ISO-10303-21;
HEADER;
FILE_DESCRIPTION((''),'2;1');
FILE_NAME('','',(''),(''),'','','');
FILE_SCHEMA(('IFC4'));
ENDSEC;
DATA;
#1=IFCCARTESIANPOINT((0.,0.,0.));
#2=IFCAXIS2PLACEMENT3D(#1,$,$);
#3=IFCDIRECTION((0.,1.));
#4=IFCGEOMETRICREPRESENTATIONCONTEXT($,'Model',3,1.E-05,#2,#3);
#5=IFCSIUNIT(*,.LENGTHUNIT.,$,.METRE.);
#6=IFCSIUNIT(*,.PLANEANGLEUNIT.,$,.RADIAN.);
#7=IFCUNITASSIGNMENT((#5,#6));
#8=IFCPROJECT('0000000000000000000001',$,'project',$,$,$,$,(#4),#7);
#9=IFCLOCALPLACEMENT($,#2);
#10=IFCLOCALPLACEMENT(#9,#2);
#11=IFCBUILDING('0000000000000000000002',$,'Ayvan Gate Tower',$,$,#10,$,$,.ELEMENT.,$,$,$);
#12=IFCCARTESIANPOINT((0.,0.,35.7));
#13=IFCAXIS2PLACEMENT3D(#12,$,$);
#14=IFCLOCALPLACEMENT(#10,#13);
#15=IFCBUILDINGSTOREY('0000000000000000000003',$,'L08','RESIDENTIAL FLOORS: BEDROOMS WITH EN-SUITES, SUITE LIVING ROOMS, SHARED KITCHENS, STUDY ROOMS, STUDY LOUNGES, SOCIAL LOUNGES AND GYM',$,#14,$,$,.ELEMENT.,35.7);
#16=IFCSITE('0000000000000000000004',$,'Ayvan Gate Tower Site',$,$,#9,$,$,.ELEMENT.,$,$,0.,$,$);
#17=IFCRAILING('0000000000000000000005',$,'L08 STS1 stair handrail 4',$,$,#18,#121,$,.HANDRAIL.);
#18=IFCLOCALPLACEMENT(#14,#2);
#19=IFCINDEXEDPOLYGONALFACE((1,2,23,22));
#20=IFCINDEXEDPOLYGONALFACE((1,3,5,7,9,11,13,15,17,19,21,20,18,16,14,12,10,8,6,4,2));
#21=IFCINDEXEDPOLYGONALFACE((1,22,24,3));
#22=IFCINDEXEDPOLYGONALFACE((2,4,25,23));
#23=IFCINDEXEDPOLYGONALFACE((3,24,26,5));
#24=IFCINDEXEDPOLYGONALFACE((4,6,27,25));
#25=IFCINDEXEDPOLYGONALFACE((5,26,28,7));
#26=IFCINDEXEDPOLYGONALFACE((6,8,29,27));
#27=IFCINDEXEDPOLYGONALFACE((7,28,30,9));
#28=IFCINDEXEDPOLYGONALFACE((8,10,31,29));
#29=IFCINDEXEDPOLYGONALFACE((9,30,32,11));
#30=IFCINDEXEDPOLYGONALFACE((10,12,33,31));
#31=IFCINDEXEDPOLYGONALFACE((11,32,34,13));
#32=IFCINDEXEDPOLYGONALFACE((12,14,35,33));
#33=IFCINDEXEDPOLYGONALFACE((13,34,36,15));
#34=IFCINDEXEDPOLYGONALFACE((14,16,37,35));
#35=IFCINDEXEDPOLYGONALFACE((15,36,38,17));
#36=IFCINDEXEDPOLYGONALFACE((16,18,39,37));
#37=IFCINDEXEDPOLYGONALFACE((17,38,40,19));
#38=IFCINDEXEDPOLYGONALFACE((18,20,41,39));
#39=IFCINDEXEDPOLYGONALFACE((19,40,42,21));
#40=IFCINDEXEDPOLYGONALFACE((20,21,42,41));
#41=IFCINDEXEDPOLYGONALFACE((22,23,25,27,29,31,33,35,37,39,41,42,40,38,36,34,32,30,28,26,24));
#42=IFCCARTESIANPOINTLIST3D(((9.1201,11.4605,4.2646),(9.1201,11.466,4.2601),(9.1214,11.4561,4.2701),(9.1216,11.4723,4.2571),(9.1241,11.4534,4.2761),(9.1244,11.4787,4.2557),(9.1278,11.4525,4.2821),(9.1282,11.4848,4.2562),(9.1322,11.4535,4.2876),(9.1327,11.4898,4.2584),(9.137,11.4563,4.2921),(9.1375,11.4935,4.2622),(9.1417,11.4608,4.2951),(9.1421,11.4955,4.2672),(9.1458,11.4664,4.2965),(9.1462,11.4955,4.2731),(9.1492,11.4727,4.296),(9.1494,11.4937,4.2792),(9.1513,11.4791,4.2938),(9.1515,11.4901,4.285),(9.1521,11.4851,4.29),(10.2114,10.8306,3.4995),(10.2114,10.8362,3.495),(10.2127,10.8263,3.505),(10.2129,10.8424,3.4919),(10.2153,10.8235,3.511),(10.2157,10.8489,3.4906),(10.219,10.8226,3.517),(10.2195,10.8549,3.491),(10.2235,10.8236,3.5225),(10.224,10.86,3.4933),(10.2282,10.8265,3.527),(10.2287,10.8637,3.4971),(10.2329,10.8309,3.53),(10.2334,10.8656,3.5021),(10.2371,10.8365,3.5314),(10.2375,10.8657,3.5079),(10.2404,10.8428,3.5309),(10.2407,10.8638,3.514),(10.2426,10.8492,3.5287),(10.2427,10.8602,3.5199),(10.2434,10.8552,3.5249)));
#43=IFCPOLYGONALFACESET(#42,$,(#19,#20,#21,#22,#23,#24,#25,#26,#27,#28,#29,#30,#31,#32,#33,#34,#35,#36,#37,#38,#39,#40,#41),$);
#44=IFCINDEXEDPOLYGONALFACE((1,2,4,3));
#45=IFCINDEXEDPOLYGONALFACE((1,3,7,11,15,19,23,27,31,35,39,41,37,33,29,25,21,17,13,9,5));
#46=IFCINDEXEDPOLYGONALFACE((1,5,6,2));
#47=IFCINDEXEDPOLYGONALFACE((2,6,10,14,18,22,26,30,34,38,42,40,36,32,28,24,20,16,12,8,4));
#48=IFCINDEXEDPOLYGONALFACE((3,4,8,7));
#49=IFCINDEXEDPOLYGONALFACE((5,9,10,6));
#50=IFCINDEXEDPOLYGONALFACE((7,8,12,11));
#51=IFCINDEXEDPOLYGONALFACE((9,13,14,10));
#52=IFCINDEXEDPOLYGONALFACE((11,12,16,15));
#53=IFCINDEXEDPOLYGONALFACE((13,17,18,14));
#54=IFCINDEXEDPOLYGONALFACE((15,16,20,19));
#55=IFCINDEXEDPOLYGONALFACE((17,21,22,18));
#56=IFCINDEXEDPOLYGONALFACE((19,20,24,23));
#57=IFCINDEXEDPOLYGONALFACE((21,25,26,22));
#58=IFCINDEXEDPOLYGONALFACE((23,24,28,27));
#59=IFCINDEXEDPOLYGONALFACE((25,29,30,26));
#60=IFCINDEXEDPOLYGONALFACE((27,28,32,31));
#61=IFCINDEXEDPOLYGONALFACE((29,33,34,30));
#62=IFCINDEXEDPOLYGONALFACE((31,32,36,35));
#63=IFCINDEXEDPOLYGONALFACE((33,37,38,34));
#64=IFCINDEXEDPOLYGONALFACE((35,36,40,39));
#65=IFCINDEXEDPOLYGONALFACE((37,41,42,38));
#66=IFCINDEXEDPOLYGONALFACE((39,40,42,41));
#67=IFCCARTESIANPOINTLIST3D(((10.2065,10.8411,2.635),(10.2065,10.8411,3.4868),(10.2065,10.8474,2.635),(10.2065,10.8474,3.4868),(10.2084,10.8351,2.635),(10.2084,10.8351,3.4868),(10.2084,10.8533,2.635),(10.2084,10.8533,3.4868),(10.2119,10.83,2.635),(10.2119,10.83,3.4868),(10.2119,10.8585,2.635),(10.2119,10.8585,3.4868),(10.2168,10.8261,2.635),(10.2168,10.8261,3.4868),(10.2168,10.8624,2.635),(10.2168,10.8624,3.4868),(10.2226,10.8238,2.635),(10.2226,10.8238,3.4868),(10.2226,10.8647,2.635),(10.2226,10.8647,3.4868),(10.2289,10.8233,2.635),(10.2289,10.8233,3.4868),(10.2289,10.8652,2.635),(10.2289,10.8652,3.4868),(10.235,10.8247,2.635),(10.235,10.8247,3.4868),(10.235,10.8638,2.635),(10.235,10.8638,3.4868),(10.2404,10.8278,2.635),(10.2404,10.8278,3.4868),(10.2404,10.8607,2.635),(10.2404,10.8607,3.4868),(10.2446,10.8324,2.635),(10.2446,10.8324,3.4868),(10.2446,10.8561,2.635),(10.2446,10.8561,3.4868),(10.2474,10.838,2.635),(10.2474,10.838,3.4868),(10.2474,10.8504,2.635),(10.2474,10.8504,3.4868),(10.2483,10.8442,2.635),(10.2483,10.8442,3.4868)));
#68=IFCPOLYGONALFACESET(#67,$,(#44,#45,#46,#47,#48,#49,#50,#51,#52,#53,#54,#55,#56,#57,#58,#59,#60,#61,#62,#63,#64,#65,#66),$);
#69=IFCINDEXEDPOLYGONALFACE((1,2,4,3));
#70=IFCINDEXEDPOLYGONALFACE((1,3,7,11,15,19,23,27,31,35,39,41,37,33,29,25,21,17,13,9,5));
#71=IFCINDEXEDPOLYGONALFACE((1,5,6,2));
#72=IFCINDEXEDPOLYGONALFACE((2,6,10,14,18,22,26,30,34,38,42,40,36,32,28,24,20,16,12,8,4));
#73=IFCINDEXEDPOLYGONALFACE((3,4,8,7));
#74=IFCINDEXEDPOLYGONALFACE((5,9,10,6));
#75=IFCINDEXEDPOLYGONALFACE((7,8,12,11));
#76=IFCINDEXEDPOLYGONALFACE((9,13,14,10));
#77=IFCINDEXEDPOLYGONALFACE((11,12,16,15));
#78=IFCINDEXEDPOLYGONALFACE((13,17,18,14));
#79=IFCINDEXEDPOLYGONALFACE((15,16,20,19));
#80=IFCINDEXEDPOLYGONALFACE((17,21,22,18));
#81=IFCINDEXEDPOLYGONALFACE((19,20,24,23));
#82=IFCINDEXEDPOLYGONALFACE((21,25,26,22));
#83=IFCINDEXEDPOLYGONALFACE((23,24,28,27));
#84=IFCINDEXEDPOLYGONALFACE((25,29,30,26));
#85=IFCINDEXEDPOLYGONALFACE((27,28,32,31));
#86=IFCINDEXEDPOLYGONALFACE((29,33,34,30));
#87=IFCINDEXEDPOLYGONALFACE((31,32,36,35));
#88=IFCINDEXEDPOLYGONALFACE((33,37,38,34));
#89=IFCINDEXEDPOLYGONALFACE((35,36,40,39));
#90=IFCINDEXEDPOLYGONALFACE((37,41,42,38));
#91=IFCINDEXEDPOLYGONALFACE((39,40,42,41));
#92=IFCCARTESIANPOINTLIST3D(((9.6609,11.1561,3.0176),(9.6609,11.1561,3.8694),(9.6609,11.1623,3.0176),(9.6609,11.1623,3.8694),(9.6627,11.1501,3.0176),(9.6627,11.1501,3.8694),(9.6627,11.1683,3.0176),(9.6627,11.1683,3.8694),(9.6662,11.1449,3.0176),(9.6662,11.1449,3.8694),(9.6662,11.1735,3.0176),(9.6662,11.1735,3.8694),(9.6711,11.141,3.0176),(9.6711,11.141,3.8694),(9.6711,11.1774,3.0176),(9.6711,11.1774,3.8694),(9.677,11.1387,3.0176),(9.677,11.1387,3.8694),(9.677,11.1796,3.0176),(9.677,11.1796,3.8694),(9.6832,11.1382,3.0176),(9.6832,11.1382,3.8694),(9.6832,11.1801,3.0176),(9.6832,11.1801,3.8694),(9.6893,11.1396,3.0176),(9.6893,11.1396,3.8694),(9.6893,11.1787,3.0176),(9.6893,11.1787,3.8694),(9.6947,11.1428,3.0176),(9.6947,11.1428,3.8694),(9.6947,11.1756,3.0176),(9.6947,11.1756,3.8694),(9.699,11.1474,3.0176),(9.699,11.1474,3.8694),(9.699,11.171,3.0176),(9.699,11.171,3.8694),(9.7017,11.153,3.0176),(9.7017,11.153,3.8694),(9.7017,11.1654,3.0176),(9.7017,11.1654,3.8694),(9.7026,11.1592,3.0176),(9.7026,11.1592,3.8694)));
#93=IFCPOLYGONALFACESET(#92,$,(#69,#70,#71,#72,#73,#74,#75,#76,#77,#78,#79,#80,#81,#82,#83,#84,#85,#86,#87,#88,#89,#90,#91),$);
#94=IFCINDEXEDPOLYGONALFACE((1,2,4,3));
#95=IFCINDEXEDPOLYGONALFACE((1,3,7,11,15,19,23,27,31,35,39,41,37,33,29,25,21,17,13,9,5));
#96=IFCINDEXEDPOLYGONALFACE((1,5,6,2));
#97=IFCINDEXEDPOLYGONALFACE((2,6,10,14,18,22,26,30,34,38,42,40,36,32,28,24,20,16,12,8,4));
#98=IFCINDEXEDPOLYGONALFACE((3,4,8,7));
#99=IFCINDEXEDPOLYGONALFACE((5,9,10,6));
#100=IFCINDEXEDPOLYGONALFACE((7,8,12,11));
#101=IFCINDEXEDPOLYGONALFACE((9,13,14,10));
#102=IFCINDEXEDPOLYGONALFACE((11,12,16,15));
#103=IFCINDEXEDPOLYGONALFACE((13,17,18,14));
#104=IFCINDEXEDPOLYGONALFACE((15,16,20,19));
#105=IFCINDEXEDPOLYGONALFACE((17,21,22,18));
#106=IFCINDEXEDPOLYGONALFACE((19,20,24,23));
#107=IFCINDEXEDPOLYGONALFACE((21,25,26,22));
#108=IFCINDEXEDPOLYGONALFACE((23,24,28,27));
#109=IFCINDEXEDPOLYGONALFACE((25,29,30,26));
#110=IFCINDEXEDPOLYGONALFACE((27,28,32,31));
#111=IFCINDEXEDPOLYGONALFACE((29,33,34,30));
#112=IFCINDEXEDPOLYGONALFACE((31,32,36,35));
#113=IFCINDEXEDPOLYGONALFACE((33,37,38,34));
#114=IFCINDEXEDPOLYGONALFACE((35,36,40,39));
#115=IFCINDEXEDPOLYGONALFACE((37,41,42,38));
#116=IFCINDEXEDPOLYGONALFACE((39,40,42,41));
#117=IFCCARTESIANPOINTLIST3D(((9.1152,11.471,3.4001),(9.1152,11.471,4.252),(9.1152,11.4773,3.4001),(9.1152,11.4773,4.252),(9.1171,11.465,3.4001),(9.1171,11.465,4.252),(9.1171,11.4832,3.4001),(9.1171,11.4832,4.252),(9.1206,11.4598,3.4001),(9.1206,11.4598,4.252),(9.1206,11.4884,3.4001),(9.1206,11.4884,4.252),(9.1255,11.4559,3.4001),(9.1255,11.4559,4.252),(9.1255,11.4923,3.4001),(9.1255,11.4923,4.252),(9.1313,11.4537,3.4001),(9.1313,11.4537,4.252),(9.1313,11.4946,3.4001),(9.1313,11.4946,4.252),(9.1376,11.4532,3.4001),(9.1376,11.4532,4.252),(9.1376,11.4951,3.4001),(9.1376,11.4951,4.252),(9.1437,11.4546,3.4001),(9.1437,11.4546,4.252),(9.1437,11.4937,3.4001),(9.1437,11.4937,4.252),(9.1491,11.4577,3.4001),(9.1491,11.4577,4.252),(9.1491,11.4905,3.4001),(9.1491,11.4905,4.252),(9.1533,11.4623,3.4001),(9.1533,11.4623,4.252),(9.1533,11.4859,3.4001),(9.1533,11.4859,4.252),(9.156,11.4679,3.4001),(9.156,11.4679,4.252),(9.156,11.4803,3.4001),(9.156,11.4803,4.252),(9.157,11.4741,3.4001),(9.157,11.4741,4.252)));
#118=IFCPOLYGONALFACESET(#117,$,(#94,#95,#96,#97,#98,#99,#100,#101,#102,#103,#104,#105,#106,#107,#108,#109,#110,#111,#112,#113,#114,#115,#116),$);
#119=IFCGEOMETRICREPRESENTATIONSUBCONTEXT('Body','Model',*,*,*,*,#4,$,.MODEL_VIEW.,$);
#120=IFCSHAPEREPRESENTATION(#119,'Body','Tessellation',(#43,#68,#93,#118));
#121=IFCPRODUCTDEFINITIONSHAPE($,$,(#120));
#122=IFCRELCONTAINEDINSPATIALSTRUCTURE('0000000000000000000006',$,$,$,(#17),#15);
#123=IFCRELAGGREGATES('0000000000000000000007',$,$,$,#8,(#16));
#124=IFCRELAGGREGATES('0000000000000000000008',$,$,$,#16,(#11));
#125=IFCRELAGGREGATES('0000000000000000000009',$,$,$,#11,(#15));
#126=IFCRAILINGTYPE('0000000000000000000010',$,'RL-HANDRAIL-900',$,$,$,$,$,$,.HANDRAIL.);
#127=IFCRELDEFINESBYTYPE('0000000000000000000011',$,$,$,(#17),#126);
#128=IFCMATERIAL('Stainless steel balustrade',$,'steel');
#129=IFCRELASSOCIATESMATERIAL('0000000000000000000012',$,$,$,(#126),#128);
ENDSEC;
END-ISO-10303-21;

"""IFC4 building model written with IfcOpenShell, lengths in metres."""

from ifc_helpers import new_model, si_unit, direction, frame, origin, origin_2d, place, context, subcontext, project, spatial, circle, extrude, material, type_object, element, save


model = new_model("IFC4")

# Units and contexts
model_context = context("Model", 3, precision=1e-05, world=origin(), true_north=direction((0.0, 1.0)))
body_context = subcontext(model_context, "Body", "Model", "MODEL_VIEW")
ifc_project = project(units=[si_unit("LENGTHUNIT", "METRE"), si_unit("PLANEANGLEUNIT", "RADIAN")], contexts=[model_context])

# Site, building, storey
site_placement = place(None, origin())
site = spatial("IfcSite", under=ifc_project, at=site_placement, Name="Ayvan Gate Tower Site", CompositionType="ELEMENT", RefElevation=0.0)
building_placement = place(site_placement, origin())
building = spatial("IfcBuilding", under=site, at=building_placement, Name="Ayvan Gate Tower", CompositionType="ELEMENT")
storey_placement = place(building_placement, frame((0.0, 0.0, 35.7)))
storey = spatial("IfcBuildingStorey", under=building, at=storey_placement, Name="L08", Description="RESIDENTIAL FLOORS: BEDROOMS WITH EN-SUITES, SUITE LIVING ROOMS, SHARED KITCHENS, STUDY ROOMS, STUDY LOUNGES, SOCIAL LOUNGES AND GYM", CompositionType="ELEMENT", Elevation=35.7)

# Railing
ifc_material_1 = material(Name="Stainless steel balustrade", Category="steel")
railing_type_1 = type_object("IfcRailingType", Name="RL-HANDRAIL-900", PredefinedType="HANDRAIL", material=ifc_material_1)
railing_1_placement = place(storey_placement, frame((10.2273, 10.8442, 2.635)))
element("IfcRailing", 1, at=railing_1_placement, inside=storey, type_object=railing_type_1, Name="L08 STS1 stair handrail 4", PredefinedType="HANDRAIL", context=body_context, shape_type="SweptSolid", body=[
    extrude(circle(Radius=0.0239, at=origin_2d()), frame((0.0, 0.0, 0.876), z_axis=(-0.740293, 0.427283, 0.519033), x_axis=(-0.49989, -0.866089, 0.0)), (0.0, 0.0, 1.0), 1.4741),
    extrude(circle(Radius=0.021, at=origin_2d()), origin(), (0.0, 0.0, 1.0), 0.8518),
    extrude(circle(Radius=0.021, at=origin_2d()), frame((-0.5457, 0.3149, 0.3826)), (0.0, 0.0, 1.0), 0.8518),
    extrude(circle(Radius=0.021, at=origin_2d()), frame((-1.0913, 0.6299, 0.7651)), (0.0, 0.0, 1.0), 0.8518),
])

save(model, "model.ifc")
